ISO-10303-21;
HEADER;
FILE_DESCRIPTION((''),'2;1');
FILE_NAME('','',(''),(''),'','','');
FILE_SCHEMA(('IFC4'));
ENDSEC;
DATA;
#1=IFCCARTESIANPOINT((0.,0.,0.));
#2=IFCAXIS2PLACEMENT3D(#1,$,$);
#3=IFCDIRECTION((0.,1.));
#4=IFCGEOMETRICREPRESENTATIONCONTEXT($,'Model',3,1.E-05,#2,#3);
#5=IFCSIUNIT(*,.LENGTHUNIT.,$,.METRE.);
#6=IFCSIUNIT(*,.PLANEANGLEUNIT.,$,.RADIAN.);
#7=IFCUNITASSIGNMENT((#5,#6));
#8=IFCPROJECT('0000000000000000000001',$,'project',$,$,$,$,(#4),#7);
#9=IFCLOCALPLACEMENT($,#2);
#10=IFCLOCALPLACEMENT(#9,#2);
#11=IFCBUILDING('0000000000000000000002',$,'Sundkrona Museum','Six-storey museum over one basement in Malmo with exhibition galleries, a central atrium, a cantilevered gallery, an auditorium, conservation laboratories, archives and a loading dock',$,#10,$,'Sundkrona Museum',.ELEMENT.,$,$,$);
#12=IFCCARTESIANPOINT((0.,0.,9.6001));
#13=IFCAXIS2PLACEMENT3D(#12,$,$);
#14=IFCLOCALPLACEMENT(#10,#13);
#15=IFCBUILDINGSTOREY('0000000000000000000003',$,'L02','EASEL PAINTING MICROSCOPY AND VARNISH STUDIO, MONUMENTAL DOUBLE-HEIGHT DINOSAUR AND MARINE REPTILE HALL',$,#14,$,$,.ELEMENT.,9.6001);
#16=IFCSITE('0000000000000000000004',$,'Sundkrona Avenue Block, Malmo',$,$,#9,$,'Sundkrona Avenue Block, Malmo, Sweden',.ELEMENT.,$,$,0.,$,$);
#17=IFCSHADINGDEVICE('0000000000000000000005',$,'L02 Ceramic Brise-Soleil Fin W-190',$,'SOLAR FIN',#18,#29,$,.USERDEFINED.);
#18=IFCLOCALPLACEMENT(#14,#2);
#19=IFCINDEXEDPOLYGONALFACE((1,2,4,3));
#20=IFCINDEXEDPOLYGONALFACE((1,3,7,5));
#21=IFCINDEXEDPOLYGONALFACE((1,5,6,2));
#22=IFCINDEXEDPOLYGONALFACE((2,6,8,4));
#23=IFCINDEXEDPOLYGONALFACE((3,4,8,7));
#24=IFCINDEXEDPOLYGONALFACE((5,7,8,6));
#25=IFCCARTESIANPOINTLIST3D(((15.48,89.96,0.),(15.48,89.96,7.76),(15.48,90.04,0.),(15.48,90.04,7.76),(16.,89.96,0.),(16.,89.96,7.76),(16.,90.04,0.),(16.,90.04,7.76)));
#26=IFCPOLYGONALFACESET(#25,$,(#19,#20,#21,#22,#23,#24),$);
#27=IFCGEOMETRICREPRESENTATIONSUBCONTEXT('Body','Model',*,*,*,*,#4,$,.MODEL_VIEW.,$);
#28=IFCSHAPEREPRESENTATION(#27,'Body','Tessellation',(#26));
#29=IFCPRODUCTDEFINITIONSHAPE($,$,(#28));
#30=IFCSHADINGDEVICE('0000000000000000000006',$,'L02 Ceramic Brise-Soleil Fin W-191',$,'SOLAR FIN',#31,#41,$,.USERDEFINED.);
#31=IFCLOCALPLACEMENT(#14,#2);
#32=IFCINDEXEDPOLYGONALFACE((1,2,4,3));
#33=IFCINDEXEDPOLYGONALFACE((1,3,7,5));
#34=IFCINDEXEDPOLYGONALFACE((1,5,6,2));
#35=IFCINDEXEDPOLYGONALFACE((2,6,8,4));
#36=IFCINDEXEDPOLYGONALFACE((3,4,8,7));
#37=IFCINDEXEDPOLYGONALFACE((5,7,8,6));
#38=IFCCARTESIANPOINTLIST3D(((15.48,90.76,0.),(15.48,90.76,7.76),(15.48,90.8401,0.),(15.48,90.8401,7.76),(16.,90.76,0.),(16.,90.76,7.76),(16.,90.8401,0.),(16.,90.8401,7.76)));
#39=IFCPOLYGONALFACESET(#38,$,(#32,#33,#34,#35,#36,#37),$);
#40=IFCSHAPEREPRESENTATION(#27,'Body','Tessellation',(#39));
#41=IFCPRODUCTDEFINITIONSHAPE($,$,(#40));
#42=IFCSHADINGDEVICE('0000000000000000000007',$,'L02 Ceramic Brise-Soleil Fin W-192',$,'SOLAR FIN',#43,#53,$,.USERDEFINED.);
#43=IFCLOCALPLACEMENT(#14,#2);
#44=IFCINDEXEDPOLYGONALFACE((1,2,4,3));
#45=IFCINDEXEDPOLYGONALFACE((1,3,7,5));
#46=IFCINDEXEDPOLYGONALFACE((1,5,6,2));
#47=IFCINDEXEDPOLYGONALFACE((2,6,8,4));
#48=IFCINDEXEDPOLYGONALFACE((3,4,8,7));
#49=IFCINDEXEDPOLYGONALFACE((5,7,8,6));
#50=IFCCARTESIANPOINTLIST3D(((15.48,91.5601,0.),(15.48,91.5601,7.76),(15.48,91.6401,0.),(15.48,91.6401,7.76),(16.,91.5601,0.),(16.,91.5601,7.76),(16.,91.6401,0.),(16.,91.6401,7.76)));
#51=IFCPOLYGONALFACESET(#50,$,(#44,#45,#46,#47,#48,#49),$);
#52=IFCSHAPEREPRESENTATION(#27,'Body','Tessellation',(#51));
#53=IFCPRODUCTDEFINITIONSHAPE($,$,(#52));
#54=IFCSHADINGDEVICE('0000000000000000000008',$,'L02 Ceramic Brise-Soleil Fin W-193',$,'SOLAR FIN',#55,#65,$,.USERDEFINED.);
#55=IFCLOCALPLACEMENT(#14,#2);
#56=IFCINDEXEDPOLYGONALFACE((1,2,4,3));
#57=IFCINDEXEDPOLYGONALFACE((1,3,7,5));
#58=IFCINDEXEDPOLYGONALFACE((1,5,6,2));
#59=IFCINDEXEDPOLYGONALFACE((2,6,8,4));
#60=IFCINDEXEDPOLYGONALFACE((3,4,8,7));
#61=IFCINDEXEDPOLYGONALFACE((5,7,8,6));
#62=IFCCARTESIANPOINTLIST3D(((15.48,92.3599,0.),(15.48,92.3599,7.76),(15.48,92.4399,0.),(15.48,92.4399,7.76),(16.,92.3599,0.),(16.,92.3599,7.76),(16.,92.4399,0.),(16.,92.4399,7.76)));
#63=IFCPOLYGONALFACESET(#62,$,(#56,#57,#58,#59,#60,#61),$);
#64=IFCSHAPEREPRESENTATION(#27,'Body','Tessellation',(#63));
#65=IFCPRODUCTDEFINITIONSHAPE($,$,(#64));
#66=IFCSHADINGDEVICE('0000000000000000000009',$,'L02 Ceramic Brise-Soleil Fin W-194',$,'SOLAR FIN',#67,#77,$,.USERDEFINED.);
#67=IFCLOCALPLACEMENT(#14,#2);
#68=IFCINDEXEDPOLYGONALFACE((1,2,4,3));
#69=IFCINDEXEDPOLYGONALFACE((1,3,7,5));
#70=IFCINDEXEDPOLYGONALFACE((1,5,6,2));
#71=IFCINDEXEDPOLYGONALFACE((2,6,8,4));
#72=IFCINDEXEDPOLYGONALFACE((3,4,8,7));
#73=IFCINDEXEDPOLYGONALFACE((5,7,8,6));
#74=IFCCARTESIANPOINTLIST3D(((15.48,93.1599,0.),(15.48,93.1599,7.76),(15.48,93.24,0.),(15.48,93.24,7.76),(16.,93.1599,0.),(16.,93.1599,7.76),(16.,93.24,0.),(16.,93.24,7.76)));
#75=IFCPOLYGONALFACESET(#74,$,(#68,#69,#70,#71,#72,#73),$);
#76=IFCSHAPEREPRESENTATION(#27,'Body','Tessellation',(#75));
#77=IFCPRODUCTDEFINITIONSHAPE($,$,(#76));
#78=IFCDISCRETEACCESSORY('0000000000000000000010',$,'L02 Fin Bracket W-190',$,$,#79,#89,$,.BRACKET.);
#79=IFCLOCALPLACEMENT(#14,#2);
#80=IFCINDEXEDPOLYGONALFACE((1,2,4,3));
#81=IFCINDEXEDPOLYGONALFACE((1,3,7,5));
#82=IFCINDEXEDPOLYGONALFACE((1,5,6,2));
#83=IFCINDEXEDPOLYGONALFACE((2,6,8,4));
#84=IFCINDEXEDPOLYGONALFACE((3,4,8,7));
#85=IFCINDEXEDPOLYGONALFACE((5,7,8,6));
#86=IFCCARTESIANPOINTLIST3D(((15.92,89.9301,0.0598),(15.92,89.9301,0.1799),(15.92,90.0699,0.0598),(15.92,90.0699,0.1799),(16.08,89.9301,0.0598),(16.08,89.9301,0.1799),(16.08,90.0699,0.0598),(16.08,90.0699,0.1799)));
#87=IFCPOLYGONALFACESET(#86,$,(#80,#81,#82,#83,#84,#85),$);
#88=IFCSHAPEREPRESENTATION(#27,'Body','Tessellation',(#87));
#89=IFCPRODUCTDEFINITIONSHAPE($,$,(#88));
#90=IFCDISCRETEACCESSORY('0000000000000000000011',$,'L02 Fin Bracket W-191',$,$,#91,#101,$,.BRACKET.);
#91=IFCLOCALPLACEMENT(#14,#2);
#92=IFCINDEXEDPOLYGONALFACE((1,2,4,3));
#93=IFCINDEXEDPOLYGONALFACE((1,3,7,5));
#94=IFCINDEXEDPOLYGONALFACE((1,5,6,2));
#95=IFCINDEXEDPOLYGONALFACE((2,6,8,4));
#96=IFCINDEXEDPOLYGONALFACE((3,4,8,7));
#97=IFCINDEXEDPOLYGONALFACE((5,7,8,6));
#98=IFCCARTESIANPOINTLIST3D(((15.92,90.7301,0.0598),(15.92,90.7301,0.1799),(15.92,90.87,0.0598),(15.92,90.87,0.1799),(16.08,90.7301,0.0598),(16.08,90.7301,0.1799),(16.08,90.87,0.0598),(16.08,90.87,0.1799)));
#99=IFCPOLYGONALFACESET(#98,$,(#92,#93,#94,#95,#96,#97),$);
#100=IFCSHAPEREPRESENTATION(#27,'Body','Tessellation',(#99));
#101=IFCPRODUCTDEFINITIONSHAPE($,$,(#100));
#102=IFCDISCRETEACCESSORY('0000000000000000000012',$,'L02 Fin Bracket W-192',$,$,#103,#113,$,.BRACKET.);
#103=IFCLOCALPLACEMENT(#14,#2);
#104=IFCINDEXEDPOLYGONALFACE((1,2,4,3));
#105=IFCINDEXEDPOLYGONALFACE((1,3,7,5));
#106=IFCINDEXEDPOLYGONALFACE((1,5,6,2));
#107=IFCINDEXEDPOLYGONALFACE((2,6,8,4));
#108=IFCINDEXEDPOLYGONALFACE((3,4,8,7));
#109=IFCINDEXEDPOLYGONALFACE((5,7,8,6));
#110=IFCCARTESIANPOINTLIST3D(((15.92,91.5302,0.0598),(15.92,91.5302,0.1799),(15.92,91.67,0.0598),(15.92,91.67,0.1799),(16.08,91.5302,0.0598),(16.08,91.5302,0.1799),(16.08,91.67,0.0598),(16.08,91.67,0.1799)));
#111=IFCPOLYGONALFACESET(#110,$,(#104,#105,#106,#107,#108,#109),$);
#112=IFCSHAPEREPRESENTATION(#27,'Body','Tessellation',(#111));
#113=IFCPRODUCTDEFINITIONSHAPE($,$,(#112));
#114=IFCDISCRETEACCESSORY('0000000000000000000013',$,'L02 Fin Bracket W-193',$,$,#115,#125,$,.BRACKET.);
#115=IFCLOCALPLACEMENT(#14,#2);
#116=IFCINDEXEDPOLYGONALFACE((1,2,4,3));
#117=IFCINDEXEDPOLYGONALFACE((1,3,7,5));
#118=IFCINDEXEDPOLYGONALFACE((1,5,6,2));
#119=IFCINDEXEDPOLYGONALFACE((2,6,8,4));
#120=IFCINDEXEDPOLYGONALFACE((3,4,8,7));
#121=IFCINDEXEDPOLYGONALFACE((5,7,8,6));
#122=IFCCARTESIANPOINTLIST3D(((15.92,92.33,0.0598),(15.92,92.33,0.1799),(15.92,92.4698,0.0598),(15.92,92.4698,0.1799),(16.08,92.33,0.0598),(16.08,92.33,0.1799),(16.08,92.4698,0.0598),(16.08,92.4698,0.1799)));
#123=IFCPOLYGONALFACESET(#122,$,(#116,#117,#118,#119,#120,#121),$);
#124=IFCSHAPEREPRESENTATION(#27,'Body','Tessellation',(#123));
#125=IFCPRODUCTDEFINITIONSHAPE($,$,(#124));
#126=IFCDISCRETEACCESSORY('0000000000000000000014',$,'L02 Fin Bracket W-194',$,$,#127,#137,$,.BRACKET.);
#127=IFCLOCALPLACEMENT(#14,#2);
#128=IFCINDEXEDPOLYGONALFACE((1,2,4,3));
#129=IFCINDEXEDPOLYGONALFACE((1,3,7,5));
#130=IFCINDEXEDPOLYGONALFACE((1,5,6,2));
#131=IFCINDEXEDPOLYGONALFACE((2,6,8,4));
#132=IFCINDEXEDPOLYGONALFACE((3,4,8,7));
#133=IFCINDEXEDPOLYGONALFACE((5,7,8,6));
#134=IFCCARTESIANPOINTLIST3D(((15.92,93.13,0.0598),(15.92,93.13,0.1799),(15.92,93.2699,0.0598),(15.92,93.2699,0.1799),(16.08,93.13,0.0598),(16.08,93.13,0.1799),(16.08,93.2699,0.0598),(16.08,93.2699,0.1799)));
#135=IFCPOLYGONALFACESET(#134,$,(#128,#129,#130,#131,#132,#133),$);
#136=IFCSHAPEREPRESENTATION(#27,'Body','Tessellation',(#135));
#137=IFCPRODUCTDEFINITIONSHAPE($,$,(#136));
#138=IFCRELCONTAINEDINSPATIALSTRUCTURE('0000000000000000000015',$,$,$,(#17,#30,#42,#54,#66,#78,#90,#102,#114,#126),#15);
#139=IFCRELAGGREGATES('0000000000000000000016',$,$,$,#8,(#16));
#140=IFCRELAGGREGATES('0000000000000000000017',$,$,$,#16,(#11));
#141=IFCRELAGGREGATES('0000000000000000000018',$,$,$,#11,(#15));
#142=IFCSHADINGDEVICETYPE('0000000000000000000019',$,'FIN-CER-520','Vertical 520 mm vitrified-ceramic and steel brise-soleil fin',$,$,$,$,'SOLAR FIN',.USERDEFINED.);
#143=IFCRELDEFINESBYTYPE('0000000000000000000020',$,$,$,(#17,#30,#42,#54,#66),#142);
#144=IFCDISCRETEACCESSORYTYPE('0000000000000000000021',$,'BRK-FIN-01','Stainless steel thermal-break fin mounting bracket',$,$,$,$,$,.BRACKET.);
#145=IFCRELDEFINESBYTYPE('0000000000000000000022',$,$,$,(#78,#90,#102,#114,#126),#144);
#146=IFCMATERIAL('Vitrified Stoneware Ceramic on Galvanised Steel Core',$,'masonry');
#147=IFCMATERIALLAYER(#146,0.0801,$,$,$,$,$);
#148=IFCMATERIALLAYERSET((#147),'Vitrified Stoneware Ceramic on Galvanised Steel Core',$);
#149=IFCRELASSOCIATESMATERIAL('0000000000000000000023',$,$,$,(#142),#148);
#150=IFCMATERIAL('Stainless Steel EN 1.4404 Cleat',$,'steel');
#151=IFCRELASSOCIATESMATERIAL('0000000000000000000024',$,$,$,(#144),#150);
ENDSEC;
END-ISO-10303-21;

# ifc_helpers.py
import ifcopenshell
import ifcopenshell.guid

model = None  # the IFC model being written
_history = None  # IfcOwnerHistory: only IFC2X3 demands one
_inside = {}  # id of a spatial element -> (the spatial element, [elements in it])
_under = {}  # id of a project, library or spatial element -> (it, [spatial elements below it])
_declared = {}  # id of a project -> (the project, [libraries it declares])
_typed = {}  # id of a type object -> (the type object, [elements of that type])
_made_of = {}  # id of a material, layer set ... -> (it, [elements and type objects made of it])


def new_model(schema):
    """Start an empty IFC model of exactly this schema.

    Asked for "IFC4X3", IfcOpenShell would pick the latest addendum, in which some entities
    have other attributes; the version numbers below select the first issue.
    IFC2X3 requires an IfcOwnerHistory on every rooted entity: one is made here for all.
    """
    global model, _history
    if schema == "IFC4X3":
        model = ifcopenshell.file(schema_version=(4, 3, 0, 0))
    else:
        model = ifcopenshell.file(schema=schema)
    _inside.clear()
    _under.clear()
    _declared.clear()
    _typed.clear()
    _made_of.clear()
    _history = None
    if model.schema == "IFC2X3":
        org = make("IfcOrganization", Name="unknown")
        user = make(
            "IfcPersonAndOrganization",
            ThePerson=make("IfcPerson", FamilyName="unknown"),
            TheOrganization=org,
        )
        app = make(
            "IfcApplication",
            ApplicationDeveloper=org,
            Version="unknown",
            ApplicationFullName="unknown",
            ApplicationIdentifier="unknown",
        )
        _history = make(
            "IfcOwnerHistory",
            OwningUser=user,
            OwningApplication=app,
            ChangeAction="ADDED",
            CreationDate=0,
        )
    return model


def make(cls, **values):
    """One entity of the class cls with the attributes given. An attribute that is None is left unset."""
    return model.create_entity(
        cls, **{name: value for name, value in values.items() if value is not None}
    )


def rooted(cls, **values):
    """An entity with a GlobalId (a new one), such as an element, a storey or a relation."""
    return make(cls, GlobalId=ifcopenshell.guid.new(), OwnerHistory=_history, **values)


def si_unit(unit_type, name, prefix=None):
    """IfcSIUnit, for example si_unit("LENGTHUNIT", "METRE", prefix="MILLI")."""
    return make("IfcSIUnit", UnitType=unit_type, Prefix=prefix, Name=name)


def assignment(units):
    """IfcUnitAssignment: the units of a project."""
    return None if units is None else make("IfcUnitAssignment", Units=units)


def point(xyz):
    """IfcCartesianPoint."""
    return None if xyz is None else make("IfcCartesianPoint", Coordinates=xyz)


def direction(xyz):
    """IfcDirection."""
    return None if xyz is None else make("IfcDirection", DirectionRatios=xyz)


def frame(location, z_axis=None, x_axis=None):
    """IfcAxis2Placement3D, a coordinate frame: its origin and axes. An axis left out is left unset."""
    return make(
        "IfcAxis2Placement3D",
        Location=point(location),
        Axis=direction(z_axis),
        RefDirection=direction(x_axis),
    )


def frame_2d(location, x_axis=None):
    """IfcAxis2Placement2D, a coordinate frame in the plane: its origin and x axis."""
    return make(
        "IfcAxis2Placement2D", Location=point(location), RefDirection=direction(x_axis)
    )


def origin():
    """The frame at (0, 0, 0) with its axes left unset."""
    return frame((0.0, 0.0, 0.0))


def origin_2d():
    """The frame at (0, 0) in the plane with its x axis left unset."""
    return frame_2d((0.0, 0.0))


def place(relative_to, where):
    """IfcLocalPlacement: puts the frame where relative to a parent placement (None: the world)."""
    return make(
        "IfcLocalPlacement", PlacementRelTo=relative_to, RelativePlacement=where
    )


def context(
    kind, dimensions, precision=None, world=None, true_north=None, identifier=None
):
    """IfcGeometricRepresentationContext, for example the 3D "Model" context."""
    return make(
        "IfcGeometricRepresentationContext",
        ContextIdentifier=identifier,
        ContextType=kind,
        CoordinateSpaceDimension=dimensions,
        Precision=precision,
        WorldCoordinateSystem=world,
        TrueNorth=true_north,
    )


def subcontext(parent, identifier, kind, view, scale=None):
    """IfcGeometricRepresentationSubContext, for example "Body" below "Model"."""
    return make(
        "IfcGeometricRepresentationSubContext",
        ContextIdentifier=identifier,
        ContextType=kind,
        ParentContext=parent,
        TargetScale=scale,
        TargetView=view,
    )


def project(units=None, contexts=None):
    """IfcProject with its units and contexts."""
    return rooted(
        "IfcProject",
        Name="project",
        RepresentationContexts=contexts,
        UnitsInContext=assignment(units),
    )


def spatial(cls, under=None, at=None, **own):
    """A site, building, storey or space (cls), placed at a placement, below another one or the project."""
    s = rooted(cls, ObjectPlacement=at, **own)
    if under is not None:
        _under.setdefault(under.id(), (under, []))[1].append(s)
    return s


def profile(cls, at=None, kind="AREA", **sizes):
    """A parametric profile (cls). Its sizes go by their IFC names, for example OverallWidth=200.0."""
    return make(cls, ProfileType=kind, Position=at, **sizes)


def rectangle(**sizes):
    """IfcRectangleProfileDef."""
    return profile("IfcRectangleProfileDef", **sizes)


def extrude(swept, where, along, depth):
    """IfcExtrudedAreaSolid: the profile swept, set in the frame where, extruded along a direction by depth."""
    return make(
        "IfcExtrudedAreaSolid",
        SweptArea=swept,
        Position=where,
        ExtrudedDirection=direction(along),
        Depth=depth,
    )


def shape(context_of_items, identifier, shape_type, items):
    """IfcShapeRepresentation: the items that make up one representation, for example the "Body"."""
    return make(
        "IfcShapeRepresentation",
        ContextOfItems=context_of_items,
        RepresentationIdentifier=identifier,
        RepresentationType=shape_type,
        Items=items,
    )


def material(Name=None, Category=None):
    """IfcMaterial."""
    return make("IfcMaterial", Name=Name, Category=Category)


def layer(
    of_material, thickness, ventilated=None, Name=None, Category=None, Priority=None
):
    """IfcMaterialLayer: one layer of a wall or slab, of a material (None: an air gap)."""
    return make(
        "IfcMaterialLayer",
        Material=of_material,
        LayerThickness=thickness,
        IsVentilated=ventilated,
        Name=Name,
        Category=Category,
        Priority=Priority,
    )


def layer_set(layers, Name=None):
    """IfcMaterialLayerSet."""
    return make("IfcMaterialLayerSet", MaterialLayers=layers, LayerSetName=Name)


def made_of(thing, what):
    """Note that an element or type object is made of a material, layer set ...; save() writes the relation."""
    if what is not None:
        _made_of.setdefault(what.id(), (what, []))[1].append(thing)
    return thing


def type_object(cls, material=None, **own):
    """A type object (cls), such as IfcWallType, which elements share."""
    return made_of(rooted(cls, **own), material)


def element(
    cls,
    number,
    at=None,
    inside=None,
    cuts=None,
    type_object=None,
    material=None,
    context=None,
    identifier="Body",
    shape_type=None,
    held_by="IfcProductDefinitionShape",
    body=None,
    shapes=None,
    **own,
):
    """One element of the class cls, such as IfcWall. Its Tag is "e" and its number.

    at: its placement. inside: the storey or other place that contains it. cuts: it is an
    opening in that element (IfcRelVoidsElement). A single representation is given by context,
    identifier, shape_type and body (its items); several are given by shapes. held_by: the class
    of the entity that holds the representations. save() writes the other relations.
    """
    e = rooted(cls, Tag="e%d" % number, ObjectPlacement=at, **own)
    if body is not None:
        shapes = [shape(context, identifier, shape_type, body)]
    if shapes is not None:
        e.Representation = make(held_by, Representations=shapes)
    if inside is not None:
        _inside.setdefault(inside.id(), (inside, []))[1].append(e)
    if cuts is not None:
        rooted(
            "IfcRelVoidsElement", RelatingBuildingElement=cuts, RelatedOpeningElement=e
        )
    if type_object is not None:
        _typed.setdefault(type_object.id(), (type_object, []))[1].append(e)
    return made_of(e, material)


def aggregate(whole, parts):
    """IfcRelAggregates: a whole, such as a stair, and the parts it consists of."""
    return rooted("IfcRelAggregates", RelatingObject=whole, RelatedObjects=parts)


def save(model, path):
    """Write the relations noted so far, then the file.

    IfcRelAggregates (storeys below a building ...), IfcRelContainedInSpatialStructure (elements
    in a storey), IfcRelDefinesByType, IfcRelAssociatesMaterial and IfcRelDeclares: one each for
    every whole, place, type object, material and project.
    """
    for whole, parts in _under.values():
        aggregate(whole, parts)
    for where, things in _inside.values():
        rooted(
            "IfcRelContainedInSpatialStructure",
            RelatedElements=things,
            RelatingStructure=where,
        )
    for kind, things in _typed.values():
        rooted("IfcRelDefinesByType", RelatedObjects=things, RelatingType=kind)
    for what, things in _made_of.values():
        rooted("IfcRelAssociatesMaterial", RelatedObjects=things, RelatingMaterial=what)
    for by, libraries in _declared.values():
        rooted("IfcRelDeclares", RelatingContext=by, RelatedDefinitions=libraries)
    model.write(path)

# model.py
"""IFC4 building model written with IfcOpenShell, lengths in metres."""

from ifc_helpers import new_model, si_unit, direction, frame, origin, origin_2d, place, context, subcontext, project, spatial, rectangle, extrude, material, layer, layer_set, type_object, element, save


model = new_model("IFC4")

# Units and contexts
model_context = context("Model", 3, precision=1e-05, world=origin(), true_north=direction((0.0, 1.0)))
body_context = subcontext(model_context, "Body", "Model", "MODEL_VIEW")
ifc_project = project(units=[si_unit("LENGTHUNIT", "METRE"), si_unit("PLANEANGLEUNIT", "RADIAN")], contexts=[model_context])

# Site, building, storey
site_placement = place(None, origin())
site = spatial("IfcSite", under=ifc_project, at=site_placement, Name="Sundkrona Avenue Block, Malmo", LongName="Sundkrona Avenue Block, Malmo, Sweden", CompositionType="ELEMENT", RefElevation=0.0)
building_placement = place(site_placement, origin())
building = spatial("IfcBuilding", under=site, at=building_placement, Name="Sundkrona Museum", Description="Six-storey museum over one basement in Malmo with exhibition galleries, a central atrium, a cantilevered gallery, an auditorium, conservation laboratories, archives and a loading dock", LongName="Sundkrona Museum", CompositionType="ELEMENT")
storey_placement = place(building_placement, frame((0.0, 0.0, 9.6001)))
storey = spatial("IfcBuildingStorey", under=building, at=storey_placement, Name="L02", Description="EASEL PAINTING MICROSCOPY AND VARNISH STUDIO, MONUMENTAL DOUBLE-HEIGHT DINOSAUR AND MARINE REPTILE HALL", CompositionType="ELEMENT", Elevation=9.6001)

# Shading devices
ifc_material_1 = material(Name="Vitrified Stoneware Ceramic on Galvanised Steel Core", Category="masonry")
ifc_layer_1 = layer(ifc_material_1, 0.0801)
ifc_layer_set_1 = layer_set([ifc_layer_1], Name="Vitrified Stoneware Ceramic on Galvanised Steel Core")
shading_device_type = type_object("IfcShadingDeviceType", Name="FIN-CER-520", Description="Vertical 520 mm vitrified-ceramic and steel brise-soleil fin", ElementType="SOLAR FIN", PredefinedType="USERDEFINED", material=ifc_layer_set_1)
for number, where, z_axis, x_axis, name in (
    (1, (15.74, 90.0, 0.0), (0.0, 0.0, 1.0), (1.0, 0.0, 0.0), "L02 Ceramic Brise-Soleil Fin W-190"),
    (2, (15.74, 90.8, 0.0), (0.0, 0.0, 1.0), (1.0, 0.0, 0.0), "L02 Ceramic Brise-Soleil Fin W-191"),
    (3, (15.74, 91.6001, 0.0), (0.0, 0.0, 1.0), (1.0, 0.0, 0.0), "L02 Ceramic Brise-Soleil Fin W-192"),
    (4, (15.74, 92.3999, 0.0), (0.0, 0.0, 1.0), (1.0, 0.0, 0.0), "L02 Ceramic Brise-Soleil Fin W-193"),
    (5, (15.74, 93.2, 0.0), (0.0, 0.0, 1.0), (1.0, 0.0, 0.0), "L02 Ceramic Brise-Soleil Fin W-194"),
):
    element("IfcShadingDevice", number, at=place(storey_placement, frame(where, z_axis=z_axis, x_axis=x_axis)), inside=storey, type_object=shading_device_type, Name=name, ObjectType="SOLAR FIN", PredefinedType="USERDEFINED", context=body_context, shape_type="SweptSolid", body=[
        extrude(rectangle(XDim=0.52, YDim=0.0801, at=origin_2d()), origin(), (0.0, 0.0, 1.0), 7.76),
    ])

# Discrete accessories
ifc_material_2 = material(Name="Stainless Steel EN 1.4404 Cleat", Category="steel")
discrete_accessory_type = type_object("IfcDiscreteAccessoryType", Name="BRK-FIN-01", Description="Stainless steel thermal-break fin mounting bracket", PredefinedType="BRACKET", material=ifc_material_2)
for number, where, z_axis, x_axis, name in (
    (6, (16.0, 90.0, 0.0598), (0.0, 0.0, 1.0), (1.0, 0.0, 0.0), "L02 Fin Bracket W-190"),
    (7, (16.0, 90.8, 0.0598), (0.0, 0.0, 1.0), (1.0, 0.0, 0.0), "L02 Fin Bracket W-191"),
    (8, (16.0, 91.6001, 0.0598), (0.0, 0.0, 1.0), (1.0, 0.0, 0.0), "L02 Fin Bracket W-192"),
    (9, (16.0, 92.3999, 0.0598), (0.0, 0.0, 1.0), (1.0, 0.0, 0.0), "L02 Fin Bracket W-193"),
    (10, (16.0, 93.2, 0.0598), (0.0, 0.0, 1.0), (1.0, 0.0, 0.0), "L02 Fin Bracket W-194"),
):
    element("IfcDiscreteAccessory", number, at=place(storey_placement, frame(where, z_axis=z_axis, x_axis=x_axis)), inside=storey, type_object=discrete_accessory_type, Name=name, PredefinedType="BRACKET", context=body_context, shape_type="SweptSolid", body=[
        extrude(rectangle(XDim=0.1599, YDim=0.1399, at=origin_2d()), origin(), (0.0, 0.0, 1.0), 0.1201),
    ])

save(model, "model.ifc")
